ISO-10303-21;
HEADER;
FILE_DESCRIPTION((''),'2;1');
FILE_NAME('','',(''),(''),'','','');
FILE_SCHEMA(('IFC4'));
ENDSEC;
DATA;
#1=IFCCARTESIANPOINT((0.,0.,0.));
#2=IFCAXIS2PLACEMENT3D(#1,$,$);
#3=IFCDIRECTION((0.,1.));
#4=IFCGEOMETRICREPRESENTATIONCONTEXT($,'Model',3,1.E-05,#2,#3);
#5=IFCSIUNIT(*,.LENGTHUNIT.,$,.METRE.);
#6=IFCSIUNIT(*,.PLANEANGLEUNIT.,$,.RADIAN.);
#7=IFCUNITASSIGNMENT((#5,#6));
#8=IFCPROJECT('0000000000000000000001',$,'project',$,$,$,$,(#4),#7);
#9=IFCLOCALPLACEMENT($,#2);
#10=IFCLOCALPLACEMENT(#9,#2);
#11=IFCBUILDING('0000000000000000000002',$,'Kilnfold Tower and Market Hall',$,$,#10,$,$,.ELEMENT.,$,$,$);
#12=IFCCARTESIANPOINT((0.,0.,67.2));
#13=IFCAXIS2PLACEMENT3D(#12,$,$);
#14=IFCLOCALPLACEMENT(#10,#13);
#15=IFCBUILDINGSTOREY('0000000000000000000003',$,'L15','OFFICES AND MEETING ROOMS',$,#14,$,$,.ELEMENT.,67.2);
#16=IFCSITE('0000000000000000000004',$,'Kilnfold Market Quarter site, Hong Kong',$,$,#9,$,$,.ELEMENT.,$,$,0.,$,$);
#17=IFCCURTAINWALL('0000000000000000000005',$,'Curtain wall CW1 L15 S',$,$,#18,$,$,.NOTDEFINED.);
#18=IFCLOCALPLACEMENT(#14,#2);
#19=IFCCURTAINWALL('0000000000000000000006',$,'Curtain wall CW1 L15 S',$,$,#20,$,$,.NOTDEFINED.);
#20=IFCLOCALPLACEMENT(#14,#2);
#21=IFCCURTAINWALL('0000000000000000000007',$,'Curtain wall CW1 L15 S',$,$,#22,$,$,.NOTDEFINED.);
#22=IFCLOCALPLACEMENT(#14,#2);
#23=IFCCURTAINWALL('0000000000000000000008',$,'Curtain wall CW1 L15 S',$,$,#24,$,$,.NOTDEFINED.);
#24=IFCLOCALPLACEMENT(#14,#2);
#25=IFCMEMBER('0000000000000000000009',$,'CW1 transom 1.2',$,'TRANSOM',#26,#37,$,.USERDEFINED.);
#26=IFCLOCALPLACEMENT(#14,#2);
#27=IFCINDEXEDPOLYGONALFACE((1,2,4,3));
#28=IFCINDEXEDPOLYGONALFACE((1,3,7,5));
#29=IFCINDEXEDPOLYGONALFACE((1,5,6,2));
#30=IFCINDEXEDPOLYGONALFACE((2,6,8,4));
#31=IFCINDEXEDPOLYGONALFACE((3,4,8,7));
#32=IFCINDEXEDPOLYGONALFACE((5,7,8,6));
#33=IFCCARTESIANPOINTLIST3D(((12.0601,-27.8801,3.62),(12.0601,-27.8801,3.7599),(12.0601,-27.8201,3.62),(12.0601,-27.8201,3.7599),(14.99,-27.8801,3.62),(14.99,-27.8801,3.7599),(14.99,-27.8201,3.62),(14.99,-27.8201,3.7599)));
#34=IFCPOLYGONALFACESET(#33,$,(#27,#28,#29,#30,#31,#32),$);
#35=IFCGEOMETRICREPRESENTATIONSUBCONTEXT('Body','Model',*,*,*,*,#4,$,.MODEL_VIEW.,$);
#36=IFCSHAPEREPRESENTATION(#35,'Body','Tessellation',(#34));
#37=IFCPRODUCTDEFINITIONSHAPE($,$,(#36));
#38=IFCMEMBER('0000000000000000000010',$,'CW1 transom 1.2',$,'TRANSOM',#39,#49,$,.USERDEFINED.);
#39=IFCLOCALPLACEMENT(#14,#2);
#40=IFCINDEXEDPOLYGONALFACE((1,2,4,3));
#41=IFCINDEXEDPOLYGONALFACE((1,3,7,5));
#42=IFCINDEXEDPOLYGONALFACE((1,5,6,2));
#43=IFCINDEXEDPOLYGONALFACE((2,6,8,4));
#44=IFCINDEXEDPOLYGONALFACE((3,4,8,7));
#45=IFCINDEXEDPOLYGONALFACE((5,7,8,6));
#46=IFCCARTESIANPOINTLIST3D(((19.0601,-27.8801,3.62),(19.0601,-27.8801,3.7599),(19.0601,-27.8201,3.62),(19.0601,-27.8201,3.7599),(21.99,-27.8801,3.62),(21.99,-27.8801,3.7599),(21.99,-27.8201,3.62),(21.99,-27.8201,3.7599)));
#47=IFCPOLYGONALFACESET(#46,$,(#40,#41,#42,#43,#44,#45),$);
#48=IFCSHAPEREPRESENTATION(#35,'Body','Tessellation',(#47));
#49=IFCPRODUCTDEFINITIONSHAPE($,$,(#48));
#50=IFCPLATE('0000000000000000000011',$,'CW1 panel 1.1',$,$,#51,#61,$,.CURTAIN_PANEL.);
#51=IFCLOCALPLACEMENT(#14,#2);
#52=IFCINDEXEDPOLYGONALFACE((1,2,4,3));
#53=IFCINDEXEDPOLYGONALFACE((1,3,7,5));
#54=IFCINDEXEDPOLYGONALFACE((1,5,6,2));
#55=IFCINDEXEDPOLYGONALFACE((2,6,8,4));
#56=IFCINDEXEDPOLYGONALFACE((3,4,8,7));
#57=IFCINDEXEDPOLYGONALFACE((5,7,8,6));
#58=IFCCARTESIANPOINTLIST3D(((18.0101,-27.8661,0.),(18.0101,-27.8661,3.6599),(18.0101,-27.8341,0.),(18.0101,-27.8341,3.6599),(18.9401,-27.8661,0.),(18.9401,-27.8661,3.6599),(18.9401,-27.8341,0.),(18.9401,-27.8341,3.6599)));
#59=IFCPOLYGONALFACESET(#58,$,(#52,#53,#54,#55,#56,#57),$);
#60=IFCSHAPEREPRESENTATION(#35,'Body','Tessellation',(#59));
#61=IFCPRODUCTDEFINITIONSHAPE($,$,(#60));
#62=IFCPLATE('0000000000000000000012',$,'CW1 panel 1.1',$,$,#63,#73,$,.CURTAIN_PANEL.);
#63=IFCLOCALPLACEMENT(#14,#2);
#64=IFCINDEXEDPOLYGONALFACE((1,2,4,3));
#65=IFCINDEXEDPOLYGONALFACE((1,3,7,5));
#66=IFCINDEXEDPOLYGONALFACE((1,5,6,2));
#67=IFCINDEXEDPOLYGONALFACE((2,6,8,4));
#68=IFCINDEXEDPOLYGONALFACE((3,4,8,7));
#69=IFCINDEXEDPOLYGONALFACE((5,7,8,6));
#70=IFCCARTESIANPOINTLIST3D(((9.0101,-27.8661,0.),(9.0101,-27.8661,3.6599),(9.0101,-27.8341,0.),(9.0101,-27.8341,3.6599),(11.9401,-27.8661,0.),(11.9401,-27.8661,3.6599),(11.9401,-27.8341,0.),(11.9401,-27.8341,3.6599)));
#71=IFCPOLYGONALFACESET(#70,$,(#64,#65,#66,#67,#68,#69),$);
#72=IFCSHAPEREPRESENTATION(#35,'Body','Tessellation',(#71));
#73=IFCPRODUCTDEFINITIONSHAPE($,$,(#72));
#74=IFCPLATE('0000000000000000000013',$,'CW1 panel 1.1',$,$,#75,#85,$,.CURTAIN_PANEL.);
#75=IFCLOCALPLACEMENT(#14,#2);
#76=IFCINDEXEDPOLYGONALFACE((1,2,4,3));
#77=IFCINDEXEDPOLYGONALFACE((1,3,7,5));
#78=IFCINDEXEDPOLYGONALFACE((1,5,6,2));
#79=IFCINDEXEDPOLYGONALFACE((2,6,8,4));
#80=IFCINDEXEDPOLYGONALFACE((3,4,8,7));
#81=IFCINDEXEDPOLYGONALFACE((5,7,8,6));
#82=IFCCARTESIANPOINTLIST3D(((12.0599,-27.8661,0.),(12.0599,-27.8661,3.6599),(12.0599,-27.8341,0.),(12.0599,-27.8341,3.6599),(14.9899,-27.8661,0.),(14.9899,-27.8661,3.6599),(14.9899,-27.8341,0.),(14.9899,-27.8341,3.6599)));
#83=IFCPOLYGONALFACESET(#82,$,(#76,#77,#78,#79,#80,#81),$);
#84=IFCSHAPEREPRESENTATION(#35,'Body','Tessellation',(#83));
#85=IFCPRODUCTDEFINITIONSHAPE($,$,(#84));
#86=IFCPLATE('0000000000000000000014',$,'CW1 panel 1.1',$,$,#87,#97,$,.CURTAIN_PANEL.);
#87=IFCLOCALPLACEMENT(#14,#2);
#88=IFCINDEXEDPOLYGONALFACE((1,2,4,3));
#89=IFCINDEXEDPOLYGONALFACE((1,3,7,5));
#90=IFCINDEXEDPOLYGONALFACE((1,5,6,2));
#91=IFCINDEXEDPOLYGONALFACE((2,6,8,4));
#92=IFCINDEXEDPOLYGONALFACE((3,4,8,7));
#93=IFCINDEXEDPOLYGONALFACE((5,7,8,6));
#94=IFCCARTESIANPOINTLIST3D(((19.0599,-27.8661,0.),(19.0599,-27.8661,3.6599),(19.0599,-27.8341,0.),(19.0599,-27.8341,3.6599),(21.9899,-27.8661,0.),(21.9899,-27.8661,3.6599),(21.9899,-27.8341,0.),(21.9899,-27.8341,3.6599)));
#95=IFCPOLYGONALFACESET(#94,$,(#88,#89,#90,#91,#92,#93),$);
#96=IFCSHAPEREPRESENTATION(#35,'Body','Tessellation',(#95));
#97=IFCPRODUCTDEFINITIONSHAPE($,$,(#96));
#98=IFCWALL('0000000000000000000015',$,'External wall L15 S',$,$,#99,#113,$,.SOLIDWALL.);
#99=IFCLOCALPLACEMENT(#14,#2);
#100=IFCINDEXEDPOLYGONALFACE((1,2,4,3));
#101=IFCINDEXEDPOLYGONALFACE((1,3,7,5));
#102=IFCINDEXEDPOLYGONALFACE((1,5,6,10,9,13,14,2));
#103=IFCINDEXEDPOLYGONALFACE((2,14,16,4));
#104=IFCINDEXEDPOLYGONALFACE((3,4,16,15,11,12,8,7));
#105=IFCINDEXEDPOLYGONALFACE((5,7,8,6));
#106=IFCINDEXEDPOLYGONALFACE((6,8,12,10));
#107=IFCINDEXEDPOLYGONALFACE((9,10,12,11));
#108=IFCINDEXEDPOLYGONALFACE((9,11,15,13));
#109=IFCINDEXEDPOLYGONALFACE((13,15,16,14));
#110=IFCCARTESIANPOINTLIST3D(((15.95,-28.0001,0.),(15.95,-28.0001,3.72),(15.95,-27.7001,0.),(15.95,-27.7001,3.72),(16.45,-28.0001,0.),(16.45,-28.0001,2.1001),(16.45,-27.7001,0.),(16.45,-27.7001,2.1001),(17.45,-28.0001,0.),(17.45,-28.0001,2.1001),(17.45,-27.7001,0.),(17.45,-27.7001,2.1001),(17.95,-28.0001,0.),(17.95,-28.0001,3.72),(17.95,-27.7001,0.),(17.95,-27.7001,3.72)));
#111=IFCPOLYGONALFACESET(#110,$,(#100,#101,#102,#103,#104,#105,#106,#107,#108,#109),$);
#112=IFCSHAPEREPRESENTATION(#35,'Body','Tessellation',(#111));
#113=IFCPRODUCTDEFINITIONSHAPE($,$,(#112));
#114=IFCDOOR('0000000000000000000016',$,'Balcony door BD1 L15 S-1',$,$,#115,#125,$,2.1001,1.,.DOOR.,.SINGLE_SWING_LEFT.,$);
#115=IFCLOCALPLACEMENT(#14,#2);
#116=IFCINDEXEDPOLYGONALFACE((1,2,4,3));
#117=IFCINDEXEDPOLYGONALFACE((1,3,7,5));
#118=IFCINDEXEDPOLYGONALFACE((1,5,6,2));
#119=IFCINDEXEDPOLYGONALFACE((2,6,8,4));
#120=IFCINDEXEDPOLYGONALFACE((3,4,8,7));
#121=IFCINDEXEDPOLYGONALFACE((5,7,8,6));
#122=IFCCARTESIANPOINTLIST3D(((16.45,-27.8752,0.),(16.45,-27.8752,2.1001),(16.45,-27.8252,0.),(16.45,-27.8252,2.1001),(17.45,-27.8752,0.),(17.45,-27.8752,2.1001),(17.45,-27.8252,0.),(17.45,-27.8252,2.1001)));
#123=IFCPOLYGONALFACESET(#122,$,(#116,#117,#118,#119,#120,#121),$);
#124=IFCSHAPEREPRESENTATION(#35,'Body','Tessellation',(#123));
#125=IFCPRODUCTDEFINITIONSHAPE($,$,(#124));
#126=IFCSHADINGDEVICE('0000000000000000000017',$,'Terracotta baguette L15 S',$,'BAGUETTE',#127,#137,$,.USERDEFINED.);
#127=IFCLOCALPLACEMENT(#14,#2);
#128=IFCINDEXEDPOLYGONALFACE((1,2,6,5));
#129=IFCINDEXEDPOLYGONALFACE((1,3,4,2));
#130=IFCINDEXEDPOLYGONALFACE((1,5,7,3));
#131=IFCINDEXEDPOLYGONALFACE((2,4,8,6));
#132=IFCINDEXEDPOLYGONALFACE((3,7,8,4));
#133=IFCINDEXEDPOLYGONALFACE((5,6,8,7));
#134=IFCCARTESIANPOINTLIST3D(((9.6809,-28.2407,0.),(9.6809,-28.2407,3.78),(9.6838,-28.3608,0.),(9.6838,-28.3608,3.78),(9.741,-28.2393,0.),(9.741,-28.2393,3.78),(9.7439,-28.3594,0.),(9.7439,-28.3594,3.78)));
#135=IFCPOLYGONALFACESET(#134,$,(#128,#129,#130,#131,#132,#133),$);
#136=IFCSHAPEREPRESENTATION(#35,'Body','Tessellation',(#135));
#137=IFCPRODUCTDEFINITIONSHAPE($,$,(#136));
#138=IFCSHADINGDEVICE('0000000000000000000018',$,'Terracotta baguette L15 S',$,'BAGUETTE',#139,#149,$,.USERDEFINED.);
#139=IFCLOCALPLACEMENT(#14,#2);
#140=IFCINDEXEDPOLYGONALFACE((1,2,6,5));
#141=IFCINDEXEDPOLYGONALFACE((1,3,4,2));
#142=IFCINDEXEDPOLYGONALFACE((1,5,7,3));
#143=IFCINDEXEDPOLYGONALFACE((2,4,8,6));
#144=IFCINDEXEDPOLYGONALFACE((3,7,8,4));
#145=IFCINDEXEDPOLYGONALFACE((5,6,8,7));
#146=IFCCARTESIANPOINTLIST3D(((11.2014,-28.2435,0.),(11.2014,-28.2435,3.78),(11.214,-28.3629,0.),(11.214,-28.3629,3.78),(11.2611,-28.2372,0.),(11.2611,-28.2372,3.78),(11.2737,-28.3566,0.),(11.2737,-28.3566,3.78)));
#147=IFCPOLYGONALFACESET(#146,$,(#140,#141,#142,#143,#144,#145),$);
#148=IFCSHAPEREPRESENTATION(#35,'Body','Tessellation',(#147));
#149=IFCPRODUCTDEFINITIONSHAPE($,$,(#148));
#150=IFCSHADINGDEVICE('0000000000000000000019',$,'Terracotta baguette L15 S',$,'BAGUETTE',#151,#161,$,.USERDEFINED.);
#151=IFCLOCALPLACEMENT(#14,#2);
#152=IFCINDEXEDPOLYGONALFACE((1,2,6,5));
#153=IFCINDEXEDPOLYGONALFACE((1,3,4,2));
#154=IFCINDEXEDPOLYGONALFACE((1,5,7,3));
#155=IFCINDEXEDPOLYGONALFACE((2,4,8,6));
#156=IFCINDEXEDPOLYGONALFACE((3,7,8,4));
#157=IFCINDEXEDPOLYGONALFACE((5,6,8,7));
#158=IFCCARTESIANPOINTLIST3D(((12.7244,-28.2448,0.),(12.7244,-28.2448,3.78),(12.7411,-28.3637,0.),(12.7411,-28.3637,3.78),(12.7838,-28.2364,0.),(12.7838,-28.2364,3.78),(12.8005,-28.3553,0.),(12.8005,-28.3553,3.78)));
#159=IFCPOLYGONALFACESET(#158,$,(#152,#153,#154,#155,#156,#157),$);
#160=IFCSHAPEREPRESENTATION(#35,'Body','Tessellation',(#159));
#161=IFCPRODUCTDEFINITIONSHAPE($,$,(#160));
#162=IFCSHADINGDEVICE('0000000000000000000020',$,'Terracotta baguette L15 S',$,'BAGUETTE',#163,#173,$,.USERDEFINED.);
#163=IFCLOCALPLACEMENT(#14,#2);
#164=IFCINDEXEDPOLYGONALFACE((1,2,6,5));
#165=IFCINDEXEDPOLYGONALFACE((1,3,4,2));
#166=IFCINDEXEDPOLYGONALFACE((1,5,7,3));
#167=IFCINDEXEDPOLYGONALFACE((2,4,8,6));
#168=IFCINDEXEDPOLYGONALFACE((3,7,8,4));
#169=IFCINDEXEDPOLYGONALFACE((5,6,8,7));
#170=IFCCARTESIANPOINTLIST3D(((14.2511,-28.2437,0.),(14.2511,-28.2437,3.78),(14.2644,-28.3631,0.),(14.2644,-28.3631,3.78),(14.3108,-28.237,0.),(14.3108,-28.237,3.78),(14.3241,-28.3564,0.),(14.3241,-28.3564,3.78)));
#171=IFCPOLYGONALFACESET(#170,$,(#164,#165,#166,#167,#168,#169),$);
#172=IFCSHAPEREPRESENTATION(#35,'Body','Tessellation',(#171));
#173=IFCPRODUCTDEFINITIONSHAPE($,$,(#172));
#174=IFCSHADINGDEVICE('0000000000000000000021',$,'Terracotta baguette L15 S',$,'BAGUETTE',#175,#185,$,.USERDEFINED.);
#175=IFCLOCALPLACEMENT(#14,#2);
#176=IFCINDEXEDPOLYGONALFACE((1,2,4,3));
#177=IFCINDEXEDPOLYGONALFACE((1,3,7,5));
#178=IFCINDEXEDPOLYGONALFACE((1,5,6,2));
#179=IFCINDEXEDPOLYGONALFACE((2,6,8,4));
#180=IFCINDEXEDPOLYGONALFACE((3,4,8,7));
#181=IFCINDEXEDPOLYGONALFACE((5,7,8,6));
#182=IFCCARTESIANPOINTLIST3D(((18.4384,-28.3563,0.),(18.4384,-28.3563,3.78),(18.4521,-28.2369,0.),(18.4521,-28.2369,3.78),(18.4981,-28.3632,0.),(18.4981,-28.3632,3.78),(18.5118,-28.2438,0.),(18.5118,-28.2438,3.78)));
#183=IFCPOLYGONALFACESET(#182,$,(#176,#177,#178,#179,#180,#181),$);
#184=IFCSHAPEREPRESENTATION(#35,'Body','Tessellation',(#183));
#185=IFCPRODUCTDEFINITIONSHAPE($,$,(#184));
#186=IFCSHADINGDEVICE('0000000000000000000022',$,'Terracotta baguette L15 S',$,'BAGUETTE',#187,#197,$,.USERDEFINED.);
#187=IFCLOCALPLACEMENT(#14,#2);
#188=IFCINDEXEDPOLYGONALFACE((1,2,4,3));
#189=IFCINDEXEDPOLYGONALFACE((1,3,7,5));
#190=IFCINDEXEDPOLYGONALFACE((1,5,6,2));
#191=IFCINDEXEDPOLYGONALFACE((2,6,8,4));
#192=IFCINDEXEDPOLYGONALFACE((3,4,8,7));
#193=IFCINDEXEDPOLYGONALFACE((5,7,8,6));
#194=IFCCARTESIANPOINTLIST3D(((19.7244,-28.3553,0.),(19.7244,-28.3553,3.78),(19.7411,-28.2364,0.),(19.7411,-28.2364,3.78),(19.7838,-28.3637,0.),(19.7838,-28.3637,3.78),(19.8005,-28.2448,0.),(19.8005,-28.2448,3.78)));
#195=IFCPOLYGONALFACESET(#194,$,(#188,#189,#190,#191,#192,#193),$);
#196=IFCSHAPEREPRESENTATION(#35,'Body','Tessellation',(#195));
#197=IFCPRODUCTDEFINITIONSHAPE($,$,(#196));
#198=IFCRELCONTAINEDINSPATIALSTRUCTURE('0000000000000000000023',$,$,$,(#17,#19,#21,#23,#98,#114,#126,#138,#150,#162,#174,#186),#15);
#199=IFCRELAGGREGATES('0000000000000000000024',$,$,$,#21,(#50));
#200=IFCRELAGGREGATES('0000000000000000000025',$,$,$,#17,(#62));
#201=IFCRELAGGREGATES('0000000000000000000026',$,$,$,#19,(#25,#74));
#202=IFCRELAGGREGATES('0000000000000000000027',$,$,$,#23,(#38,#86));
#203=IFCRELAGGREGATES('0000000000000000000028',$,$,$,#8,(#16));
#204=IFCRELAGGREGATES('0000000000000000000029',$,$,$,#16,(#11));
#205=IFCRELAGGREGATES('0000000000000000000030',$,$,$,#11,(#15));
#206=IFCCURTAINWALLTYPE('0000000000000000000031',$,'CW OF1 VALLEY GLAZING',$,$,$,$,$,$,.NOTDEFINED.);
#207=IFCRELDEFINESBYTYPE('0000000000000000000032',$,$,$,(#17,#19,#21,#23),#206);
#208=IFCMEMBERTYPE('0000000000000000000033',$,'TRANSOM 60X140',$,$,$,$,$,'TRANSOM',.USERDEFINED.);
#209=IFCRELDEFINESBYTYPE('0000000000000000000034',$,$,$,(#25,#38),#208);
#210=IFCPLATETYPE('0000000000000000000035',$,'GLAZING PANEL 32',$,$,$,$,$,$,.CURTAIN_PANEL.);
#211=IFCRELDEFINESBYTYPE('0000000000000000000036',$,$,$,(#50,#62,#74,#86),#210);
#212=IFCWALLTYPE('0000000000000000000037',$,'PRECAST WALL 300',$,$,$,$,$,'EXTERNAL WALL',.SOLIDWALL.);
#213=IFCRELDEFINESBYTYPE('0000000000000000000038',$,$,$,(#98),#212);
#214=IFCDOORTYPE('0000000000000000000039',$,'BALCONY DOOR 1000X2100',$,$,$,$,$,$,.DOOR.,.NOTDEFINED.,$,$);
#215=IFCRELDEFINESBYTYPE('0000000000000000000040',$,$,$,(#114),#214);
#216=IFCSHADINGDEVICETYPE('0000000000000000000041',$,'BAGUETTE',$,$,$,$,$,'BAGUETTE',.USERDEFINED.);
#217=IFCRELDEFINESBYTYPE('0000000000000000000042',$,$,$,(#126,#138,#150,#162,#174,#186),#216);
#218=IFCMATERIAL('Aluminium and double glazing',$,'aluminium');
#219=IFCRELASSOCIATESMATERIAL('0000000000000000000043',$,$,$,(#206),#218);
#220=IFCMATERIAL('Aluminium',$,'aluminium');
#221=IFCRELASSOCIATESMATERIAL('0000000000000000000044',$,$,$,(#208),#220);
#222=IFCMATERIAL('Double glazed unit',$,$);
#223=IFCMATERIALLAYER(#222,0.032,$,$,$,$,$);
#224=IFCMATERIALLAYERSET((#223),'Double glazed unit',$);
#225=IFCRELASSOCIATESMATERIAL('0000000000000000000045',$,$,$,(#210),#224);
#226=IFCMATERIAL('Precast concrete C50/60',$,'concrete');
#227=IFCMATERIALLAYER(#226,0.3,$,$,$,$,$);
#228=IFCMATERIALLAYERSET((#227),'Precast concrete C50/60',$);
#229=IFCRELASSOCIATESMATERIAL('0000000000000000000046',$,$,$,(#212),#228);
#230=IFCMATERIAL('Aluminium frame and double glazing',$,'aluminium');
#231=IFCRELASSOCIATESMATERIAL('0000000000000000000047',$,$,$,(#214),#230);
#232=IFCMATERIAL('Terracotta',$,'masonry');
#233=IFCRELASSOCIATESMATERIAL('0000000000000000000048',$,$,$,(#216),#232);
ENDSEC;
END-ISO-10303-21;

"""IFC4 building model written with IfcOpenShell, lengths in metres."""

from ifc_helpers import new_model, si_unit, direction, frame, frame_2d, origin, origin_2d, place, context, subcontext, project, spatial, rectangle, extrude, source, transform, mapped, material, layer, layer_set, material_profile, profile_set, type_object, element, fill, aggregate, save


model = new_model("IFC4")

# Units and contexts
model_context = context("Model", 3, precision=1e-05, world=origin(), true_north=direction((0.0, 1.0)))
body_context = subcontext(model_context, "Body", "Model", "MODEL_VIEW")
ifc_project = project(units=[si_unit("LENGTHUNIT", "METRE"), si_unit("PLANEANGLEUNIT", "RADIAN")], contexts=[model_context])

# Site, building, storey
site_placement = place(None, origin())
site = spatial("IfcSite", under=ifc_project, at=site_placement, Name="Kilnfold Market Quarter site, Hong Kong", CompositionType="ELEMENT", RefElevation=0.0)
building_placement = place(site_placement, origin())
building = spatial("IfcBuilding", under=site, at=building_placement, Name="Kilnfold Tower and Market Hall", CompositionType="ELEMENT")
storey_placement = place(building_placement, frame((0.0, 0.0, 67.2)))
storey = spatial("IfcBuildingStorey", under=building, at=storey_placement, Name="L15", Description="OFFICES AND MEETING ROOMS", CompositionType="ELEMENT", Elevation=67.2)

# Shared definitions
ifc_material_1 = material(Name="Aluminium and double glazing", Category="aluminium")
curtain_wall_type = type_object("IfcCurtainWallType", Name="CW OF1 VALLEY GLAZING", PredefinedType="NOTDEFINED", material=ifc_material_1)

# Curtain walls
curtain_wall_1_placement = place(storey_placement, origin())
curtain_wall_1 = element("IfcCurtainWall", 1, at=curtain_wall_1_placement, inside=storey, type_object=curtain_wall_type, Name="Curtain wall CW1 L15 S", PredefinedType="NOTDEFINED")
curtain_wall_2_placement = place(storey_placement, origin())
curtain_wall_2 = element("IfcCurtainWall", 2, at=curtain_wall_2_placement, inside=storey, type_object=curtain_wall_type, Name="Curtain wall CW1 L15 S", PredefinedType="NOTDEFINED")
curtain_wall_3_placement = place(storey_placement, origin())
curtain_wall_3 = element("IfcCurtainWall", 3, at=curtain_wall_3_placement, inside=storey, type_object=curtain_wall_type, Name="Curtain wall CW1 L15 S", PredefinedType="NOTDEFINED")
curtain_wall_4_placement = place(storey_placement, origin())
curtain_wall_4 = element("IfcCurtainWall", 4, at=curtain_wall_4_placement, inside=storey, type_object=curtain_wall_type, Name="Curtain wall CW1 L15 S", PredefinedType="NOTDEFINED")

# Members
ifc_material_2 = material(Name="Aluminium", Category="aluminium")
ifc_material_profile_1 = material_profile(ifc_material_2, rectangle(XDim=0.0601, YDim=0.1399, at=origin_2d()), Name="TRANSOM 60x140")
ifc_profile_set_1 = profile_set([ifc_material_profile_1], Name="Aluminium")
member_type_1 = type_object("IfcMemberType", Name="TRANSOM 60X140", ElementType="TRANSOM", PredefinedType="USERDEFINED", material=ifc_profile_set_1)
shared_shape_1 = source(origin(), body_context, "Body", "SweptSolid", [
    extrude(rectangle(XDim=0.0601, YDim=0.1399, at=origin_2d()), origin(), (0.0, 0.0, 1.0), 2.9299),
])
member_1_placement = place(storey_placement, frame((12.0601, -27.8501, 3.6899), z_axis=(1.0, 0.0, 0.0), x_axis=(0.0, 1.0, 0.0)))
member_1 = element("IfcMember", 5, at=member_1_placement, type_object=member_type_1, Name="CW1 transom 1.2", ObjectType="TRANSOM", PredefinedType="USERDEFINED", context=body_context, shape_type="MappedRepresentation", body=[
    mapped(shared_shape_1, transform((0.0, 0.0, 0.0))),
])
member_2_placement = place(storey_placement, frame((19.0601, -27.8501, 3.6899), z_axis=(1.0, 0.0, 0.0), x_axis=(0.0, 1.0, 0.0)))
member_2 = element("IfcMember", 6, at=member_2_placement, type_object=member_type_1, Name="CW1 transom 1.2", ObjectType="TRANSOM", PredefinedType="USERDEFINED", context=body_context, shape_type="MappedRepresentation", body=[
    mapped(shared_shape_1, transform((0.0, 0.0, 0.0))),
])

# Plates
ifc_material_3 = material(Name="Double glazed unit")
ifc_layer_1 = layer(ifc_material_3, 0.032)
ifc_layer_set_1 = layer_set([ifc_layer_1], Name="Double glazed unit")
plate_type = type_object("IfcPlateType", Name="GLAZING PANEL 32", PredefinedType="CURTAIN_PANEL", material=ifc_layer_set_1)
shared_shape_2 = source(origin(), body_context, "Body", "SweptSolid", [
    extrude(rectangle(XDim=0.9299, YDim=0.032, at=origin_2d()), origin(), (0.0, 0.0, 1.0), 3.6599),
])
plate_1_placement = place(storey_placement, frame((18.4751, -27.8501, 0.0), z_axis=(0.0, 0.0, 1.0), x_axis=(1.0, 0.0, 0.0)))
plate_1 = element("IfcPlate", 7, at=plate_1_placement, type_object=plate_type, Name="CW1 panel 1.1", PredefinedType="CURTAIN_PANEL", context=body_context, shape_type="MappedRepresentation", body=[
    mapped(shared_shape_2, transform((0.0, 0.0, 0.0))),
])
aggregate(curtain_wall_3, [plate_1])
shared_shape_3 = source(origin(), body_context, "Body", "SweptSolid", [
    extrude(rectangle(XDim=2.9299, YDim=0.032, at=origin_2d()), origin(), (0.0, 0.0, 1.0), 3.6599),
])
plate_2_placement = place(storey_placement, frame((10.4751, -27.8501, 0.0), z_axis=(0.0, 0.0, 1.0), x_axis=(1.0, 0.0, 0.0)))
plate_2 = element("IfcPlate", 8, at=plate_2_placement, type_object=plate_type, Name="CW1 panel 1.1", PredefinedType="CURTAIN_PANEL", context=body_context, shape_type="MappedRepresentation", body=[
    mapped(shared_shape_3, transform((0.0, 0.0, 0.0))),
])
aggregate(curtain_wall_1, [plate_2])
plate_3_placement = place(storey_placement, frame((13.5249, -27.8501, 0.0), z_axis=(0.0, 0.0, 1.0), x_axis=(1.0, 0.0, 0.0)))
plate_3 = element("IfcPlate", 9, at=plate_3_placement, type_object=plate_type, Name="CW1 panel 1.1", PredefinedType="CURTAIN_PANEL", context=body_context, shape_type="MappedRepresentation", body=[
    mapped(shared_shape_3, transform((0.0, 0.0, 0.0))),
])
aggregate(curtain_wall_2, [member_1, plate_3])
plate_4_placement = place(storey_placement, frame((20.5249, -27.8501, 0.0), z_axis=(0.0, 0.0, 1.0), x_axis=(1.0, 0.0, 0.0)))
plate_4 = element("IfcPlate", 10, at=plate_4_placement, type_object=plate_type, Name="CW1 panel 1.1", PredefinedType="CURTAIN_PANEL", context=body_context, shape_type="MappedRepresentation", body=[
    mapped(shared_shape_3, transform((0.0, 0.0, 0.0))),
])
aggregate(curtain_wall_4, [member_2, plate_4])

# Wall, opening, door
ifc_material_4 = material(Name="Precast concrete C50/60", Category="concrete")
ifc_layer_2 = layer(ifc_material_4, 0.3)
ifc_layer_set_2 = layer_set([ifc_layer_2], Name="Precast concrete C50/60")
wall_type = type_object("IfcWallType", Name="PRECAST WALL 300", ElementType="EXTERNAL WALL", PredefinedType="SOLIDWALL", material=ifc_layer_set_2)
shared_shape_4 = source(origin(), body_context, "Body", "SweptSolid", [
    extrude(rectangle(XDim=2.0, YDim=0.3, at=frame_2d((1.0, 0.0))), origin(), (0.0, 0.0, 1.0), 3.72),
])
wall_placement = place(storey_placement, frame((15.95, -27.8501, 0.0), z_axis=(0.0, 0.0, 1.0), x_axis=(1.0, 0.0, 0.0)))
wall = element("IfcWall", 11, at=wall_placement, inside=storey, type_object=wall_type, Name="External wall L15 S", PredefinedType="SOLIDWALL", context=body_context, shape_type="MappedRepresentation", body=[
    mapped(shared_shape_4, transform((0.0, 0.0, 0.0))),
])
opening_placement = place(wall_placement, frame((0.5, 0.0, 0.0)))
opening = element("IfcOpeningElement", 12, at=opening_placement, cuts=wall, PredefinedType="OPENING", context=body_context, shape_type="SweptSolid", body=[
    extrude(rectangle(XDim=1.0, YDim=2.1001, at=frame_2d((0.5, 1.05))), frame((0.0, 0.1602, 0.0), z_axis=(0.0, -1.0, 0.0), x_axis=(1.0, 0.0, 0.0)), (0.0, 0.0, 1.0), 0.3201),
])
ifc_material_5 = material(Name="Aluminium frame and double glazing", Category="aluminium")
door_type = type_object("IfcDoorType", Name="BALCONY DOOR 1000X2100", OperationType="NOTDEFINED", PredefinedType="DOOR", material=ifc_material_5)
door_placement = place(opening_placement, origin())
door = element("IfcDoor", 13, at=door_placement, inside=storey, type_object=door_type, Name="Balcony door BD1 L15 S-1", OperationType="SINGLE_SWING_LEFT", OverallHeight=2.1001, OverallWidth=1.0, PredefinedType="DOOR", context=body_context, shape_type="SweptSolid", body=[
    extrude(rectangle(XDim=1.0, YDim=2.1001, at=frame_2d((0.5, 1.05))), frame((0.0, 0.0249, 0.0), z_axis=(0.0, -1.0, 0.0), x_axis=(1.0, 0.0, 0.0)), (0.0, 0.0, 1.0), 0.05),
])
fill(opening, door)

# Shading devices
ifc_material_6 = material(Name="Terracotta", Category="masonry")
ifc_material_profile_2 = material_profile(ifc_material_6, rectangle(XDim=0.0601, YDim=0.1201, at=origin_2d()), Name="BAG 60x120")
ifc_profile_set_2 = profile_set([ifc_material_profile_2], Name="Terracotta")
shading_device_type = type_object("IfcShadingDeviceType", Name="BAGUETTE", ElementType="BAGUETTE", PredefinedType="USERDEFINED", material=ifc_profile_set_2)
shared_shape_5 = source(origin(), body_context, "Body", "SweptSolid", [
    extrude(rectangle(XDim=0.0601, YDim=0.1201, at=origin_2d()), origin(), (0.0, 0.0, 1.0), 3.78),
])
for number, where, z_axis, x_axis, name in (
    (14, (9.7124, -28.3, 0.0), (0.0, 0.0, 1.0), (0.99971, 0.024095, 0.0), "Terracotta baguette L15 S"),
    (15, (11.2375, -28.3, 0.0), (0.0, 0.0, 1.0), (0.994427, 0.105426, 0.0), "Terracotta baguette L15 S"),
    (16, (12.7625, -28.3, 0.0), (0.0, 0.0, 1.0), (0.990276, 0.139118, 0.0), "Terracotta baguette L15 S"),
    (17, (14.2876, -28.3, 0.0), (0.0, 0.0, 1.0), (0.993884, 0.110426, 0.0), "Terracotta baguette L15 S"),
    (18, (18.4751, -28.3, 0.0), (0.0, 0.0, 1.0), (0.993425, -0.114486, 0.0), "Terracotta baguette L15 S"),
    (19, (19.7625, -28.3, 0.0), (0.0, 0.0, 1.0), (0.990276, -0.139118, 0.0), "Terracotta baguette L15 S"),
):
    element("IfcShadingDevice", number, at=place(storey_placement, frame(where, z_axis=z_axis, x_axis=x_axis)), inside=storey, type_object=shading_device_type, Name=name, ObjectType="BAGUETTE", PredefinedType="USERDEFINED", context=body_context, shape_type="MappedRepresentation", body=[
        mapped(shared_shape_5, transform((0.0, 0.0, 0.0))),
    ])

save(model, "model.ifc")
